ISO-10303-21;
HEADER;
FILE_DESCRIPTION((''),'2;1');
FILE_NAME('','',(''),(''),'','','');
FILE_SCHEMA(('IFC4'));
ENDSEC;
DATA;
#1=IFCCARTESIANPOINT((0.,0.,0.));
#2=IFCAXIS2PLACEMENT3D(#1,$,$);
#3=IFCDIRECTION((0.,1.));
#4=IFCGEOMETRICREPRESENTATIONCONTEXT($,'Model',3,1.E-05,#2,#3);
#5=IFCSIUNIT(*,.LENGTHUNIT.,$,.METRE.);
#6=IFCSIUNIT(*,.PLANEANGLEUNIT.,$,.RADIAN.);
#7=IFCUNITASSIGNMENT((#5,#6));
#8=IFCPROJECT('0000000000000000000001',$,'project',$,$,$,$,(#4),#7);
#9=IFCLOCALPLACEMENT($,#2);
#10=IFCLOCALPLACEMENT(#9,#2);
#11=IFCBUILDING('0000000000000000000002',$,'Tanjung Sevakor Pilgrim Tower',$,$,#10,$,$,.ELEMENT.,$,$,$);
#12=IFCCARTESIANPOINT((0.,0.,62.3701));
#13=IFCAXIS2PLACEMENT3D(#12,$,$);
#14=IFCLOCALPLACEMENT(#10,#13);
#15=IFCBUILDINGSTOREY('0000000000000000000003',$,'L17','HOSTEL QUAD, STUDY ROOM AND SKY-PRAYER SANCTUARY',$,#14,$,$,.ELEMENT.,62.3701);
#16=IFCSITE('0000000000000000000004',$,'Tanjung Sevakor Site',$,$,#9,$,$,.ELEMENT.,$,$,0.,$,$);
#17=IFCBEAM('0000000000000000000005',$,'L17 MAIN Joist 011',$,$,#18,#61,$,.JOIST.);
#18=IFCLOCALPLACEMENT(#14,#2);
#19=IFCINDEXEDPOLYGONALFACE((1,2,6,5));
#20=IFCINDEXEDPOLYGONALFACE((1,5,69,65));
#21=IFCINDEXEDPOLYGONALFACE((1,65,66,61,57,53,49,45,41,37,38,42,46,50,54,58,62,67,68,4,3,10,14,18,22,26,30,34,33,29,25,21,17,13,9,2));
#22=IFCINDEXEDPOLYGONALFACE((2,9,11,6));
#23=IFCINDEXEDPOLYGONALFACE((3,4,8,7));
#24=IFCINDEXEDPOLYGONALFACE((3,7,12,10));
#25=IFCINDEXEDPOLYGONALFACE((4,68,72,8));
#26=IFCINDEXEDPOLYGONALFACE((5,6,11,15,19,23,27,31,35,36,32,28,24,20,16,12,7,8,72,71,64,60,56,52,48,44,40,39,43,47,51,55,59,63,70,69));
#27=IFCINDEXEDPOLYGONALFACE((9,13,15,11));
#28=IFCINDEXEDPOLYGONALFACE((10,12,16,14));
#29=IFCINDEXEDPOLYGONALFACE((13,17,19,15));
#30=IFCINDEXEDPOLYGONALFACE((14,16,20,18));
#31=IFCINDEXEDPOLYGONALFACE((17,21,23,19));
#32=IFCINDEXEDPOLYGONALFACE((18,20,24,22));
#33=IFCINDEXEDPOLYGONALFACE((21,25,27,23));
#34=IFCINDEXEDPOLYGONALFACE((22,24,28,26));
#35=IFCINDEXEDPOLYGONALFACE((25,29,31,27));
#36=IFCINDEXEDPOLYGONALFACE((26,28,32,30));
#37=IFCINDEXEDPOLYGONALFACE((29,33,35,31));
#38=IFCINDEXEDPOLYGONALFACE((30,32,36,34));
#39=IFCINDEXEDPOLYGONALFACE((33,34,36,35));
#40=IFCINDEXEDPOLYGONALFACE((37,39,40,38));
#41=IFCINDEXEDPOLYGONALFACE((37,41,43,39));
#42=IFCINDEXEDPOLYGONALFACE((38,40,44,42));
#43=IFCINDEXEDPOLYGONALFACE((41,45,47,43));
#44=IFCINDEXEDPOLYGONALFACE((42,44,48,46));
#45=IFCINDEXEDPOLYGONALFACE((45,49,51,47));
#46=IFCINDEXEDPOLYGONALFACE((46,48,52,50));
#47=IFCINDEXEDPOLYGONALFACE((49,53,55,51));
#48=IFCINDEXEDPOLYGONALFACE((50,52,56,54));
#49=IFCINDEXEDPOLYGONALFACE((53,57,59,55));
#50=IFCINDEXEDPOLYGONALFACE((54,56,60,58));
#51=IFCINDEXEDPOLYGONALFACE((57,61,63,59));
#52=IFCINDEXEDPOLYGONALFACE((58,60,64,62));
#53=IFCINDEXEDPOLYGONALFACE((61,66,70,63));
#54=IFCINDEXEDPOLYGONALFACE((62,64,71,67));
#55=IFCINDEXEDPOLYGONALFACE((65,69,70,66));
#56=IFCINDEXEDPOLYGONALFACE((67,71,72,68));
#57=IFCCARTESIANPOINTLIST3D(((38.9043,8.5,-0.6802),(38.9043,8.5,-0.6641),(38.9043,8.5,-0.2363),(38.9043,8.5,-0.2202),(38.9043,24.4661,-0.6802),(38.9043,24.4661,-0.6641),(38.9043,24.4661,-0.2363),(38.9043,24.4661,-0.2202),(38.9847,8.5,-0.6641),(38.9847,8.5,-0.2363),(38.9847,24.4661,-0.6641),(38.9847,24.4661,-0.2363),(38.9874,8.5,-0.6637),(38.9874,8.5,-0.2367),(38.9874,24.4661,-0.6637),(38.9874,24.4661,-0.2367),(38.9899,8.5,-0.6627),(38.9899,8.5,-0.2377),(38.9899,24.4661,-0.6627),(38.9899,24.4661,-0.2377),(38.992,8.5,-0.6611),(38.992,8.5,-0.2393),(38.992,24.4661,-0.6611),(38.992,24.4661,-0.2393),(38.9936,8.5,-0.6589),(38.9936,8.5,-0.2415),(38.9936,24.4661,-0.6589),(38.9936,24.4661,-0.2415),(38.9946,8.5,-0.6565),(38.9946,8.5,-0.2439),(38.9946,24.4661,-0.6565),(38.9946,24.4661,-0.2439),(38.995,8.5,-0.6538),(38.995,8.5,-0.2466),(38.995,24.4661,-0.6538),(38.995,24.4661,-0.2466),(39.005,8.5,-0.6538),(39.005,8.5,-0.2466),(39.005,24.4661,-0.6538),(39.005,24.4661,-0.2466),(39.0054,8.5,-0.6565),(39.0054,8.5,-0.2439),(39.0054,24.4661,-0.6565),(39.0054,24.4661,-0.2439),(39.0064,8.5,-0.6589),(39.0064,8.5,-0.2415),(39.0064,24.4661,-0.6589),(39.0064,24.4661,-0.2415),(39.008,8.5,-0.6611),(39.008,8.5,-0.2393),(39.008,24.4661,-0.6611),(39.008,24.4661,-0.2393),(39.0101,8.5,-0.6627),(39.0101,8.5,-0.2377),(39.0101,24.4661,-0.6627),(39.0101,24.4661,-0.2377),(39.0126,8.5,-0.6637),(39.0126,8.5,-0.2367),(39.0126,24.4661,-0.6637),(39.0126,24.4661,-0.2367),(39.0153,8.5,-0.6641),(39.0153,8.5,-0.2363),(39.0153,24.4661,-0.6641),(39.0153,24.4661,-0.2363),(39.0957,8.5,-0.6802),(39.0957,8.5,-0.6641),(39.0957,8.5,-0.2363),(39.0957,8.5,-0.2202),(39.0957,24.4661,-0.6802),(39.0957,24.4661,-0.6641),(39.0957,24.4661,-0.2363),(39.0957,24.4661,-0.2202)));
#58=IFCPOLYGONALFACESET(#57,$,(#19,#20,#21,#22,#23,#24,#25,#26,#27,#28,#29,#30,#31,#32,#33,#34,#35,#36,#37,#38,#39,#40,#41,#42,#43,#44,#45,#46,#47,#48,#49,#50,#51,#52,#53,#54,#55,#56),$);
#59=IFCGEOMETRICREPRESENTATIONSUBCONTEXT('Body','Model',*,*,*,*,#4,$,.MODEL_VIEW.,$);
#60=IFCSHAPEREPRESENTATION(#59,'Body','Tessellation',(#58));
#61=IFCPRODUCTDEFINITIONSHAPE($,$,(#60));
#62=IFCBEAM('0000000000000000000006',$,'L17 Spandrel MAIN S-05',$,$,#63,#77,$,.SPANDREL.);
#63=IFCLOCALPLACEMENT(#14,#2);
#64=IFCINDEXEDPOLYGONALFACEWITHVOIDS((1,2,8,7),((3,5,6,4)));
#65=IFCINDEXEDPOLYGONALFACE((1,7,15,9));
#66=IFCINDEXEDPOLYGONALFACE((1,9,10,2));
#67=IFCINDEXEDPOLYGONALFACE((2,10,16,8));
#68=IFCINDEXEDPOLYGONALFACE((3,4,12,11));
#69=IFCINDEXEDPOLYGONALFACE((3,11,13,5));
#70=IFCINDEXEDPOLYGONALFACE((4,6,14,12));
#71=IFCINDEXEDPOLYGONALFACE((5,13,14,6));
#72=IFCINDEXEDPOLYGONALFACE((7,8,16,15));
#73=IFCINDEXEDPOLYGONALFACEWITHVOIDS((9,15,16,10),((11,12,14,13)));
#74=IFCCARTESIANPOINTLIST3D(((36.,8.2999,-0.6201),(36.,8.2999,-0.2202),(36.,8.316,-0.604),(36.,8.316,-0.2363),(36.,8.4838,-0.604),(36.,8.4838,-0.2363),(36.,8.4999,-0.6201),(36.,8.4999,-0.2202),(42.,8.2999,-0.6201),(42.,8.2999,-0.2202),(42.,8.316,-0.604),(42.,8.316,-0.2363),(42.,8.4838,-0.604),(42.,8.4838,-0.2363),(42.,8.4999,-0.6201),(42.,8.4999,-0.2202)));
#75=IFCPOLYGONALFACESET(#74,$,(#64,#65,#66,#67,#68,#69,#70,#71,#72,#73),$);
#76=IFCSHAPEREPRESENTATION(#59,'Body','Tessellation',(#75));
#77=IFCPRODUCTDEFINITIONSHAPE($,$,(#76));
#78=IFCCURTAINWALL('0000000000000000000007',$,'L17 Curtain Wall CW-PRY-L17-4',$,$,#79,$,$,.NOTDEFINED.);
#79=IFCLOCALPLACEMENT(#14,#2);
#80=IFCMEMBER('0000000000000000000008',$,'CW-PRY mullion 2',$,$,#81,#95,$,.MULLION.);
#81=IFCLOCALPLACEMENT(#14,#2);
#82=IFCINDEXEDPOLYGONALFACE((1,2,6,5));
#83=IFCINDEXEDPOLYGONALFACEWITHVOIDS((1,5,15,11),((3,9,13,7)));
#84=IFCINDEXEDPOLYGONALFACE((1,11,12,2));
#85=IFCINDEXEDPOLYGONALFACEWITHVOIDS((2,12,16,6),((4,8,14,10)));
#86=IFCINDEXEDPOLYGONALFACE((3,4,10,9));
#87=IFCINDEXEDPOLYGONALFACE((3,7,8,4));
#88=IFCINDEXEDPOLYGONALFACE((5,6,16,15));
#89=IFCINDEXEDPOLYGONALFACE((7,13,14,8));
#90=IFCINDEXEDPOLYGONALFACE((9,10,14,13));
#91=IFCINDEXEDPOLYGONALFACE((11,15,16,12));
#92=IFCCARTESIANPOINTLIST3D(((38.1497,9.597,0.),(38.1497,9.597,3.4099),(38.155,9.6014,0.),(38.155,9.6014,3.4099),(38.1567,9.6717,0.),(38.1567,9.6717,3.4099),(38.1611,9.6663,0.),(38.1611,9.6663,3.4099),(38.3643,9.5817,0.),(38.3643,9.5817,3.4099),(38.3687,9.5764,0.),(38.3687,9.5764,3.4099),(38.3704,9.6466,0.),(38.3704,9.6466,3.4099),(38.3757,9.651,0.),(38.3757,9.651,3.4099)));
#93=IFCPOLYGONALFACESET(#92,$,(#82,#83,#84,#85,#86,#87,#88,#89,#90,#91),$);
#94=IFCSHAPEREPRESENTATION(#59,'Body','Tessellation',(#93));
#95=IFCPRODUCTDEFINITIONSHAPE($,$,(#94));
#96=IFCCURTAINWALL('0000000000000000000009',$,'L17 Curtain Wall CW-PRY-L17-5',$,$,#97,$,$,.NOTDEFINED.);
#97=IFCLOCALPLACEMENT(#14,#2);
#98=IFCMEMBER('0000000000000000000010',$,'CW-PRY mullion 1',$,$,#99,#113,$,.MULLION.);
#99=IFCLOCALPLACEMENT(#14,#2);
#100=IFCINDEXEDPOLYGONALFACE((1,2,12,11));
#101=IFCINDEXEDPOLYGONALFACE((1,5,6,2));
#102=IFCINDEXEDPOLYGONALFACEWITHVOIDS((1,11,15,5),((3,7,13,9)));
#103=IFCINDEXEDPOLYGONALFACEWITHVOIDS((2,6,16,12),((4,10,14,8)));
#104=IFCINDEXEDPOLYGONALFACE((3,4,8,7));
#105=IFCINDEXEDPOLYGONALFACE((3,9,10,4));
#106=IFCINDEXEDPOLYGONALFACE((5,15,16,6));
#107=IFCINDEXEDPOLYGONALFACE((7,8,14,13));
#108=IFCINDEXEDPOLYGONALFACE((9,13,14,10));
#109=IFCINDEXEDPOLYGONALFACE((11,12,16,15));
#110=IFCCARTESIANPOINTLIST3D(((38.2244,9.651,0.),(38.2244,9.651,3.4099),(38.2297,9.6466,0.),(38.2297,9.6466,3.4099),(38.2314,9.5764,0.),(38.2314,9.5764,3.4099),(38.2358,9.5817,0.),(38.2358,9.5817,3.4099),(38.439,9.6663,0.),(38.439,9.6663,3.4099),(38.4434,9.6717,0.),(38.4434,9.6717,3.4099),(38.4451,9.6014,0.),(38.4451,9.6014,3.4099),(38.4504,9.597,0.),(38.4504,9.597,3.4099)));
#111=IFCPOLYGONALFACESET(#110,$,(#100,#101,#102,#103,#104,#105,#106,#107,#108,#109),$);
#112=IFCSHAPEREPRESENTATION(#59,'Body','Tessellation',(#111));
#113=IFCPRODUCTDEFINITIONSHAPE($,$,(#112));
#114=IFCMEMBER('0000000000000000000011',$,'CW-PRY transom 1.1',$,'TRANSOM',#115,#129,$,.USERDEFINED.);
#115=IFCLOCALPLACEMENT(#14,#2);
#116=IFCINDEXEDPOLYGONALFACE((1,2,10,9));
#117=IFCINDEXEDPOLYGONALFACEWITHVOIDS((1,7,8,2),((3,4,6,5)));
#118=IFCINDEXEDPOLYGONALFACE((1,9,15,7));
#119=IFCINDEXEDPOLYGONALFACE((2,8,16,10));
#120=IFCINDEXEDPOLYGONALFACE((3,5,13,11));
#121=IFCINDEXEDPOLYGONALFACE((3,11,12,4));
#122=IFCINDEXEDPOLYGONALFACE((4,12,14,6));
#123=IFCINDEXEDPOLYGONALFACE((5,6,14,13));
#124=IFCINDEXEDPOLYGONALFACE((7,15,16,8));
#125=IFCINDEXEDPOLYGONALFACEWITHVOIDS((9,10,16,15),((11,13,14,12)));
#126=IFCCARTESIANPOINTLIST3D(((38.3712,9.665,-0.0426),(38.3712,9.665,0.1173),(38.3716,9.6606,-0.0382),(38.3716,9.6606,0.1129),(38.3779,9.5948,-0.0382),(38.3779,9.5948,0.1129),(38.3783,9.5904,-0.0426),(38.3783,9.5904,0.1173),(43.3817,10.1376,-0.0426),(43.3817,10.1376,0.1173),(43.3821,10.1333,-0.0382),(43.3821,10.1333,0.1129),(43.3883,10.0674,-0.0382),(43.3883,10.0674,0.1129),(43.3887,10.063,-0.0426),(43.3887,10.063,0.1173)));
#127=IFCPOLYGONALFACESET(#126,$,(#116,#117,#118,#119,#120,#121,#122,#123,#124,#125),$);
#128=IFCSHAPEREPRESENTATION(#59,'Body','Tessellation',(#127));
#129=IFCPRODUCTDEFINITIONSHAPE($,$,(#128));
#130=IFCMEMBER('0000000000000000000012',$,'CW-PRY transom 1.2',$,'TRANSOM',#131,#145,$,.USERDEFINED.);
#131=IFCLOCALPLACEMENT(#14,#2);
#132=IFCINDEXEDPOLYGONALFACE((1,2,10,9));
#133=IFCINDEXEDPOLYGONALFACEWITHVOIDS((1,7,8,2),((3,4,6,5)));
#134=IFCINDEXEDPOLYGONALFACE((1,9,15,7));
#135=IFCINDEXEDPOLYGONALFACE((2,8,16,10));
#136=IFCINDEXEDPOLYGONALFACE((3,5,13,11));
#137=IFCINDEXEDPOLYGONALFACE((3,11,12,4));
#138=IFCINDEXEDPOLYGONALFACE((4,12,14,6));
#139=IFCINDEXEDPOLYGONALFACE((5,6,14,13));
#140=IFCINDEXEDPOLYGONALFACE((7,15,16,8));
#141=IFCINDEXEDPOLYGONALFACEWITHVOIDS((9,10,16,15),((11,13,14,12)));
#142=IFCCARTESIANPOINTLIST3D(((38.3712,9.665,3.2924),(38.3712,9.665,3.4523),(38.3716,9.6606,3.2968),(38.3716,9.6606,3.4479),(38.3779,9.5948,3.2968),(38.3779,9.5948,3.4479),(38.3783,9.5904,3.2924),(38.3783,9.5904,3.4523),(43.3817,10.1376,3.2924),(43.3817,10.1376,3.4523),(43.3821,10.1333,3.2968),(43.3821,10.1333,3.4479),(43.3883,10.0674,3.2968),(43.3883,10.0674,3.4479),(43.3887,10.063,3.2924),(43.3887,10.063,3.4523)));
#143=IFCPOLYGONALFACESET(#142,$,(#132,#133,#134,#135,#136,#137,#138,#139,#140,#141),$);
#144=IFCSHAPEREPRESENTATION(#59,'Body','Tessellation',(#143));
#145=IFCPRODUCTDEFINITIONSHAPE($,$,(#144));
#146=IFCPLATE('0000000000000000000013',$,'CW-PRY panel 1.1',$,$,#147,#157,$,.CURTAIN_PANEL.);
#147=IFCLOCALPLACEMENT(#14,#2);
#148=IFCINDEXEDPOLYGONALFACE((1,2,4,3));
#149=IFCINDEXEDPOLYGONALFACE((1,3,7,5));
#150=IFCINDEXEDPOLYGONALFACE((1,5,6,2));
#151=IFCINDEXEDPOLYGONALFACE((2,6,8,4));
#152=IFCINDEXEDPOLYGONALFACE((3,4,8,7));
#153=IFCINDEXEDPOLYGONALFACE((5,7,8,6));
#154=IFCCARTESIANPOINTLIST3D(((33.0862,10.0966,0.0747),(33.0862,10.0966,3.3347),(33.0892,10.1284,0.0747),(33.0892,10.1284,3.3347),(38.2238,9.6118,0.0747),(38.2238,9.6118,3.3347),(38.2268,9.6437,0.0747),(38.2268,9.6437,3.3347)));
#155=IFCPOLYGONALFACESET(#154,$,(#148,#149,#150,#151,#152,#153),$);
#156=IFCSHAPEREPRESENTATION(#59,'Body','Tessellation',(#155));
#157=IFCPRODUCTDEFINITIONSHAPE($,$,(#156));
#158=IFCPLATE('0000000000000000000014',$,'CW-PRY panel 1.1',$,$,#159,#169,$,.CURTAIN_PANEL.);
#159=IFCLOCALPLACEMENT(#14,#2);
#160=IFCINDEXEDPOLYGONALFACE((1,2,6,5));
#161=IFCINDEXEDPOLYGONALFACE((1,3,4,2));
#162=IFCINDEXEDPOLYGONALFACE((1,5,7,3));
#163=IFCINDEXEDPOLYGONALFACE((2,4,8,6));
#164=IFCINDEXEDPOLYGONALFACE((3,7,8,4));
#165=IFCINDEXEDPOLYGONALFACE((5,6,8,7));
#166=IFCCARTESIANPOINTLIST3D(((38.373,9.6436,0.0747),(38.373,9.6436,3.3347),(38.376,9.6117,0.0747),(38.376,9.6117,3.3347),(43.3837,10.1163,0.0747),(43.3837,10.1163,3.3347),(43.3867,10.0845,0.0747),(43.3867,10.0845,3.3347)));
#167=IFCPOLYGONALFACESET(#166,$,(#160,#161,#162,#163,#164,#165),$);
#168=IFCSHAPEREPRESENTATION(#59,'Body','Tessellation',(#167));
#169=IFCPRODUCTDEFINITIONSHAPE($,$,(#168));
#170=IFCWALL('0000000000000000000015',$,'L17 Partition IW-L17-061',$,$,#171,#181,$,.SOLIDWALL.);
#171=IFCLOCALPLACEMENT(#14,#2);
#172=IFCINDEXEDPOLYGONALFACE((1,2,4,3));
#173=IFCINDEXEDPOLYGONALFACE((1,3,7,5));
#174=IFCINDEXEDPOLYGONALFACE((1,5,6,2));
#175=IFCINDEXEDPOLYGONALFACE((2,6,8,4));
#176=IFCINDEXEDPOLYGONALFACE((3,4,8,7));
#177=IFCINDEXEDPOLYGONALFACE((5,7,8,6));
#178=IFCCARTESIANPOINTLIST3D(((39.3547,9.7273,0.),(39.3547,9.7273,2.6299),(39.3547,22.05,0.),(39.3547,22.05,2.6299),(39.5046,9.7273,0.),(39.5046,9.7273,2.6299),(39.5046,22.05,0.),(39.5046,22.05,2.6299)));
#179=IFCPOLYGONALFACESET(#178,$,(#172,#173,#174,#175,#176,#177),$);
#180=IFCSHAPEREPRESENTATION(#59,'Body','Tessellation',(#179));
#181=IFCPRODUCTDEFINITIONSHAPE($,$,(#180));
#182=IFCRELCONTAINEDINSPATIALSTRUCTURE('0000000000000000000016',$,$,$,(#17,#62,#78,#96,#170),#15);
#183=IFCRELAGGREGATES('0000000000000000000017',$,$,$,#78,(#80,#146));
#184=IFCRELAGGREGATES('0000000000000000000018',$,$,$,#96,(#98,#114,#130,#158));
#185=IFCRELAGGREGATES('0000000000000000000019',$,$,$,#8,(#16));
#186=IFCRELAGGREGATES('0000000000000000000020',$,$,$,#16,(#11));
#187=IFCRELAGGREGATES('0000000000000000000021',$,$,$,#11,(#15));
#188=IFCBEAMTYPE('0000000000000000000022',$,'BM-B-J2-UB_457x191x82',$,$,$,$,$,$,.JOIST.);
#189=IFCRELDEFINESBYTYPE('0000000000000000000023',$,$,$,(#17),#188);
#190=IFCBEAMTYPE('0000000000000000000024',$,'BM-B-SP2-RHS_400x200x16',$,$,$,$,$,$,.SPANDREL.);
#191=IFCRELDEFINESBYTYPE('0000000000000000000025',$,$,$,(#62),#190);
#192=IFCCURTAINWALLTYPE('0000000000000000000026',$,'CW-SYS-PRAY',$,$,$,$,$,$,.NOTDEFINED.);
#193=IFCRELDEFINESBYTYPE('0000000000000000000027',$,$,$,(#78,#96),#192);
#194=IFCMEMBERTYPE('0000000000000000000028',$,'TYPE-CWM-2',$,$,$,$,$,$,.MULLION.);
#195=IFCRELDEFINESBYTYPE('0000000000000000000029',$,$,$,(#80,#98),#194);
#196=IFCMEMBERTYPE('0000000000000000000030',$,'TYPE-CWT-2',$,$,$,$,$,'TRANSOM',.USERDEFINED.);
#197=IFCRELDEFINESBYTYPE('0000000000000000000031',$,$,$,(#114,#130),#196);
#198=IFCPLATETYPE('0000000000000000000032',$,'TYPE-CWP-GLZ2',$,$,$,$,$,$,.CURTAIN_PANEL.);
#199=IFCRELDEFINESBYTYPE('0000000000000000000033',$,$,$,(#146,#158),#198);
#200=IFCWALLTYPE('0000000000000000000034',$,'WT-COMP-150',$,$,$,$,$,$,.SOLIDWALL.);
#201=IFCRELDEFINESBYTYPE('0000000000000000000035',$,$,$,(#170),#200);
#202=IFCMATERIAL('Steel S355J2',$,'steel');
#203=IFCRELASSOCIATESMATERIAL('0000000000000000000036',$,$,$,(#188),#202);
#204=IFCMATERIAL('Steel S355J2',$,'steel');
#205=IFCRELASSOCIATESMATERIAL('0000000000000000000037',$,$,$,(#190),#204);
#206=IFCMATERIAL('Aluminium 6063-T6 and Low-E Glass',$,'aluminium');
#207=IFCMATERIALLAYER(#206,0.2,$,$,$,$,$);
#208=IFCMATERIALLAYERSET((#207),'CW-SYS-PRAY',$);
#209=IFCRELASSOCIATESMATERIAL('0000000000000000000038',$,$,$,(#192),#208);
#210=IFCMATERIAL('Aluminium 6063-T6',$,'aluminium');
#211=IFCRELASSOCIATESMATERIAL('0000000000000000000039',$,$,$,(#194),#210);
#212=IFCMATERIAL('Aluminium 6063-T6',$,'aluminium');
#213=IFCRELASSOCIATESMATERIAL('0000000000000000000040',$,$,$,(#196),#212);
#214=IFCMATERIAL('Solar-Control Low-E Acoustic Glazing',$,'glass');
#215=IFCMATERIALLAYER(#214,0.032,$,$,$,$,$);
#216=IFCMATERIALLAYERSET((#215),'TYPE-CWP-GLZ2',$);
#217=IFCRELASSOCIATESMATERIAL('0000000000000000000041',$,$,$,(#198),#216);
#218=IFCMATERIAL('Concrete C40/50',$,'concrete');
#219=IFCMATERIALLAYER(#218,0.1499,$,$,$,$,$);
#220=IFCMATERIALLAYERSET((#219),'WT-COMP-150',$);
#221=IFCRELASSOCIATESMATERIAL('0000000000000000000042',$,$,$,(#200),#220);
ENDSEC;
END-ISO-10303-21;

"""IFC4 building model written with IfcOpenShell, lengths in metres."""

from ifc_helpers import new_model, si_unit, direction, frame, frame_2d, origin, origin_2d, place, context, subcontext, project, spatial, rectangle, hollow_rectangle, i_section, extrude, material, layer, layer_set, material_profile, profile_set, type_object, element, aggregate, save


model = new_model("IFC4")

# Units and contexts
model_context = context("Model", 3, precision=1e-05, world=origin(), true_north=direction((0.0, 1.0)))
body_context = subcontext(model_context, "Body", "Model", "MODEL_VIEW")
ifc_project = project(units=[si_unit("LENGTHUNIT", "METRE"), si_unit("PLANEANGLEUNIT", "RADIAN")], contexts=[model_context])

# Site, building, storey
site_placement = place(None, origin())
site = spatial("IfcSite", under=ifc_project, at=site_placement, Name="Tanjung Sevakor Site", CompositionType="ELEMENT", RefElevation=0.0)
building_placement = place(site_placement, origin())
building = spatial("IfcBuilding", under=site, at=building_placement, Name="Tanjung Sevakor Pilgrim Tower", CompositionType="ELEMENT")
storey_placement = place(building_placement, frame((0.0, 0.0, 62.3701)))
storey = spatial("IfcBuildingStorey", under=building, at=storey_placement, Name="L17", Description="HOSTEL QUAD, STUDY ROOM AND SKY-PRAYER SANCTUARY", CompositionType="ELEMENT", Elevation=62.3701)

# Beams
ifc_material_1 = material(Name="Steel S355J2", Category="steel")
ifc_material_profile_1 = material_profile(ifc_material_1, i_section(OverallWidth=0.1914, OverallDepth=0.46, WebThickness=0.01, FlangeThickness=0.0161, FilletRadius=0.0103, at=origin_2d()))
ifc_profile_set_1 = profile_set([ifc_material_profile_1], Name="Steel S355J2")
beam_type_1 = type_object("IfcBeamType", Name="BM-B-J2-UB_457x191x82", PredefinedType="JOIST", material=ifc_profile_set_1)
for number, where, z_axis, x_axis, name in (
    (1, (39.0, 8.5, -0.4502), (0.0, 1.0, 0.0), (-1.0, 0.0, 0.0), "L17 MAIN Joist 011"),
):
    element("IfcBeam", number, at=place(storey_placement, frame(where, z_axis=z_axis, x_axis=x_axis)), inside=storey, type_object=beam_type_1, Name=name, PredefinedType="JOIST", context=body_context, shape_type="SweptSolid", body=[
        extrude(i_section(OverallWidth=0.1914, OverallDepth=0.46, WebThickness=0.01, FlangeThickness=0.0161, FilletRadius=0.0103, at=origin_2d()), origin(), (0.0, 0.0, 1.0), 15.9661),
    ])
ifc_material_2 = material(Name="Steel S355J2", Category="steel")
ifc_material_profile_2 = material_profile(ifc_material_2, hollow_rectangle(XDim=0.2, YDim=0.3999, WallThickness=0.0161, at=origin_2d()))
ifc_profile_set_2 = profile_set([ifc_material_profile_2], Name="Steel S355J2")
beam_type_2 = type_object("IfcBeamType", Name="BM-B-SP2-RHS_400x200x16", PredefinedType="SPANDREL", material=ifc_profile_set_2)
beam_1_placement = place(storey_placement, frame((36.0, 8.3999, -0.4202), z_axis=(1.0, 0.0, 0.0), x_axis=(0.0, 1.0, 0.0)))
element("IfcBeam", 2, at=beam_1_placement, inside=storey, type_object=beam_type_2, Name="L17 Spandrel MAIN S-05", PredefinedType="SPANDREL", context=body_context, shape_type="SweptSolid", body=[
    extrude(hollow_rectangle(XDim=0.2, YDim=0.3999, WallThickness=0.0161, at=origin_2d()), origin(), (0.0, 0.0, 1.0), 6.0),
])

# Curtain wall, member
ifc_material_3 = material(Name="Aluminium 6063-T6 and Low-E Glass", Category="aluminium")
ifc_layer_1 = layer(ifc_material_3, 0.2)
ifc_layer_set_1 = layer_set([ifc_layer_1], Name="CW-SYS-PRAY")
curtain_wall_type = type_object("IfcCurtainWallType", Name="CW-SYS-PRAY", PredefinedType="NOTDEFINED", material=ifc_layer_set_1)
curtain_wall_1_placement = place(storey_placement, origin())
curtain_wall_1 = element("IfcCurtainWall", 3, at=curtain_wall_1_placement, inside=storey, type_object=curtain_wall_type, Name="L17 Curtain Wall CW-PRY-L17-4", PredefinedType="NOTDEFINED")
ifc_material_4 = material(Name="Aluminium 6063-T6", Category="aluminium")
ifc_material_profile_3 = material_profile(ifc_material_4, hollow_rectangle(XDim=0.075, YDim=0.22, WallThickness=0.0049, at=origin_2d()))
ifc_profile_set_3 = profile_set([ifc_material_profile_3], Name="Aluminium 6063-T6")
member_type_1 = type_object("IfcMemberType", Name="TYPE-CWM-2", PredefinedType="MULLION", material=ifc_profile_set_3)
member_1_placement = place(storey_placement, frame((38.2627, 9.624, 0.0), z_axis=(0.0, 0.0, 1.0), x_axis=(0.093929, 0.995579, 0.0)))
member_1 = element("IfcMember", 4, at=member_1_placement, type_object=member_type_1, Name="CW-PRY mullion 2", PredefinedType="MULLION", context=body_context, shape_type="SweptSolid", body=[
    extrude(hollow_rectangle(XDim=0.075, YDim=0.22, WallThickness=0.0049, at=origin_2d()), origin(), (0.0, 0.0, 1.0), 3.4099),
])

# Curtain wall, members
curtain_wall_2_placement = place(storey_placement, origin())
curtain_wall_2 = element("IfcCurtainWall", 5, at=curtain_wall_2_placement, inside=storey, type_object=curtain_wall_type, Name="L17 Curtain Wall CW-PRY-L17-5", PredefinedType="NOTDEFINED")
member_2_placement = place(storey_placement, frame((38.3374, 9.624, 0.0), z_axis=(0.0, 0.0, 1.0), x_axis=(-0.093924, 0.995579, 0.0)))
member_2 = element("IfcMember", 6, at=member_2_placement, type_object=member_type_1, Name="CW-PRY mullion 1", PredefinedType="MULLION", context=body_context, shape_type="SweptSolid", body=[
    extrude(hollow_rectangle(XDim=0.075, YDim=0.22, WallThickness=0.0049, at=origin_2d()), origin(), (0.0, 0.0, 1.0), 3.4099),
])
ifc_material_5 = material(Name="Aluminium 6063-T6", Category="aluminium")
ifc_material_profile_4 = material_profile(ifc_material_5, hollow_rectangle(XDim=0.075, YDim=0.1599, WallThickness=0.0044, at=origin_2d()))
ifc_profile_set_4 = profile_set([ifc_material_profile_4], Name="Aluminium 6063-T6")
member_type_2 = type_object("IfcMemberType", Name="TYPE-CWT-2", ElementType="TRANSOM", PredefinedType="USERDEFINED", material=ifc_profile_set_4)
member_3_placement = place(storey_placement, frame((38.3748, 9.6277, 0.0374), z_axis=(0.99558, 0.093916, 0.0), x_axis=(-0.093916, 0.99558, 0.0)))
member_3 = element("IfcMember", 7, at=member_3_placement, type_object=member_type_2, Name="CW-PRY transom 1.1", ObjectType="TRANSOM", PredefinedType="USERDEFINED", context=body_context, shape_type="SweptSolid", body=[
    extrude(hollow_rectangle(XDim=0.075, YDim=0.1599, WallThickness=0.0044, at=origin_2d()), origin(), (0.0, 0.0, 1.0), 5.0327),
])
member_4_placement = place(storey_placement, frame((38.3748, 9.6277, 3.3723), z_axis=(0.99558, 0.093916, 0.0), x_axis=(-0.093916, 0.99558, 0.0)))
member_4 = element("IfcMember", 8, at=member_4_placement, type_object=member_type_2, Name="CW-PRY transom 1.2", ObjectType="TRANSOM", PredefinedType="USERDEFINED", context=body_context, shape_type="SweptSolid", body=[
    extrude(hollow_rectangle(XDim=0.075, YDim=0.1599, WallThickness=0.0044, at=origin_2d()), origin(), (0.0, 0.0, 1.0), 5.0327),
])

# Plates
ifc_material_6 = material(Name="Solar-Control Low-E Acoustic Glazing", Category="glass")
ifc_layer_2 = layer(ifc_material_6, 0.032)
ifc_layer_set_2 = layer_set([ifc_layer_2], Name="TYPE-CWP-GLZ2")
plate_type = type_object("IfcPlateType", Name="TYPE-CWP-GLZ2", PredefinedType="CURTAIN_PANEL", material=ifc_layer_set_2)
plate_1_placement = place(storey_placement, frame((35.6565, 9.8701, 0.0747), z_axis=(0.0, 0.0, 1.0), x_axis=(0.995579, -0.093929, 0.0)))
plate_1 = element("IfcPlate", 9, at=plate_1_placement, type_object=plate_type, Name="CW-PRY panel 1.1", PredefinedType="CURTAIN_PANEL", context=body_context, shape_type="SweptSolid", body=[
    extrude(rectangle(XDim=5.1604, YDim=0.032, at=origin_2d()), origin(), (0.0, 0.0, 1.0), 3.26),
])
aggregate(curtain_wall_1, [member_1, plate_1])
plate_2_placement = place(storey_placement, frame((40.8799, 9.864, 0.0747), z_axis=(0.0, 0.0, 1.0), x_axis=(0.995579, 0.093924, 0.0)))
plate_2 = element("IfcPlate", 10, at=plate_2_placement, type_object=plate_type, Name="CW-PRY panel 1.1", PredefinedType="CURTAIN_PANEL", context=body_context, shape_type="SweptSolid", body=[
    extrude(rectangle(XDim=5.033, YDim=0.032, at=origin_2d()), origin(), (0.0, 0.0, 1.0), 3.26),
])
aggregate(curtain_wall_2, [member_2, member_3, member_4, plate_2])

# Wall
ifc_material_7 = material(Name="Concrete C40/50", Category="concrete")
ifc_layer_3 = layer(ifc_material_7, 0.1499)
ifc_layer_set_3 = layer_set([ifc_layer_3], Name="WT-COMP-150")
wall_type = type_object("IfcWallType", Name="WT-COMP-150", PredefinedType="SOLIDWALL", material=ifc_layer_set_3)
wall_placement = place(storey_placement, frame((39.4297, 9.7273, 0.0), z_axis=(0.0, 0.0, 1.0), x_axis=(0.0, 1.0, 0.0)))
element("IfcWall", 11, at=wall_placement, inside=storey, type_object=wall_type, Name="L17 Partition IW-L17-061", PredefinedType="SOLIDWALL", context=body_context, shape_type="SweptSolid", body=[
    extrude(rectangle(XDim=12.3228, YDim=0.1499, at=frame_2d((6.1614, 0.0))), origin(), (0.0, 0.0, 1.0), 2.6299),
])

save(model, "model.ifc")
